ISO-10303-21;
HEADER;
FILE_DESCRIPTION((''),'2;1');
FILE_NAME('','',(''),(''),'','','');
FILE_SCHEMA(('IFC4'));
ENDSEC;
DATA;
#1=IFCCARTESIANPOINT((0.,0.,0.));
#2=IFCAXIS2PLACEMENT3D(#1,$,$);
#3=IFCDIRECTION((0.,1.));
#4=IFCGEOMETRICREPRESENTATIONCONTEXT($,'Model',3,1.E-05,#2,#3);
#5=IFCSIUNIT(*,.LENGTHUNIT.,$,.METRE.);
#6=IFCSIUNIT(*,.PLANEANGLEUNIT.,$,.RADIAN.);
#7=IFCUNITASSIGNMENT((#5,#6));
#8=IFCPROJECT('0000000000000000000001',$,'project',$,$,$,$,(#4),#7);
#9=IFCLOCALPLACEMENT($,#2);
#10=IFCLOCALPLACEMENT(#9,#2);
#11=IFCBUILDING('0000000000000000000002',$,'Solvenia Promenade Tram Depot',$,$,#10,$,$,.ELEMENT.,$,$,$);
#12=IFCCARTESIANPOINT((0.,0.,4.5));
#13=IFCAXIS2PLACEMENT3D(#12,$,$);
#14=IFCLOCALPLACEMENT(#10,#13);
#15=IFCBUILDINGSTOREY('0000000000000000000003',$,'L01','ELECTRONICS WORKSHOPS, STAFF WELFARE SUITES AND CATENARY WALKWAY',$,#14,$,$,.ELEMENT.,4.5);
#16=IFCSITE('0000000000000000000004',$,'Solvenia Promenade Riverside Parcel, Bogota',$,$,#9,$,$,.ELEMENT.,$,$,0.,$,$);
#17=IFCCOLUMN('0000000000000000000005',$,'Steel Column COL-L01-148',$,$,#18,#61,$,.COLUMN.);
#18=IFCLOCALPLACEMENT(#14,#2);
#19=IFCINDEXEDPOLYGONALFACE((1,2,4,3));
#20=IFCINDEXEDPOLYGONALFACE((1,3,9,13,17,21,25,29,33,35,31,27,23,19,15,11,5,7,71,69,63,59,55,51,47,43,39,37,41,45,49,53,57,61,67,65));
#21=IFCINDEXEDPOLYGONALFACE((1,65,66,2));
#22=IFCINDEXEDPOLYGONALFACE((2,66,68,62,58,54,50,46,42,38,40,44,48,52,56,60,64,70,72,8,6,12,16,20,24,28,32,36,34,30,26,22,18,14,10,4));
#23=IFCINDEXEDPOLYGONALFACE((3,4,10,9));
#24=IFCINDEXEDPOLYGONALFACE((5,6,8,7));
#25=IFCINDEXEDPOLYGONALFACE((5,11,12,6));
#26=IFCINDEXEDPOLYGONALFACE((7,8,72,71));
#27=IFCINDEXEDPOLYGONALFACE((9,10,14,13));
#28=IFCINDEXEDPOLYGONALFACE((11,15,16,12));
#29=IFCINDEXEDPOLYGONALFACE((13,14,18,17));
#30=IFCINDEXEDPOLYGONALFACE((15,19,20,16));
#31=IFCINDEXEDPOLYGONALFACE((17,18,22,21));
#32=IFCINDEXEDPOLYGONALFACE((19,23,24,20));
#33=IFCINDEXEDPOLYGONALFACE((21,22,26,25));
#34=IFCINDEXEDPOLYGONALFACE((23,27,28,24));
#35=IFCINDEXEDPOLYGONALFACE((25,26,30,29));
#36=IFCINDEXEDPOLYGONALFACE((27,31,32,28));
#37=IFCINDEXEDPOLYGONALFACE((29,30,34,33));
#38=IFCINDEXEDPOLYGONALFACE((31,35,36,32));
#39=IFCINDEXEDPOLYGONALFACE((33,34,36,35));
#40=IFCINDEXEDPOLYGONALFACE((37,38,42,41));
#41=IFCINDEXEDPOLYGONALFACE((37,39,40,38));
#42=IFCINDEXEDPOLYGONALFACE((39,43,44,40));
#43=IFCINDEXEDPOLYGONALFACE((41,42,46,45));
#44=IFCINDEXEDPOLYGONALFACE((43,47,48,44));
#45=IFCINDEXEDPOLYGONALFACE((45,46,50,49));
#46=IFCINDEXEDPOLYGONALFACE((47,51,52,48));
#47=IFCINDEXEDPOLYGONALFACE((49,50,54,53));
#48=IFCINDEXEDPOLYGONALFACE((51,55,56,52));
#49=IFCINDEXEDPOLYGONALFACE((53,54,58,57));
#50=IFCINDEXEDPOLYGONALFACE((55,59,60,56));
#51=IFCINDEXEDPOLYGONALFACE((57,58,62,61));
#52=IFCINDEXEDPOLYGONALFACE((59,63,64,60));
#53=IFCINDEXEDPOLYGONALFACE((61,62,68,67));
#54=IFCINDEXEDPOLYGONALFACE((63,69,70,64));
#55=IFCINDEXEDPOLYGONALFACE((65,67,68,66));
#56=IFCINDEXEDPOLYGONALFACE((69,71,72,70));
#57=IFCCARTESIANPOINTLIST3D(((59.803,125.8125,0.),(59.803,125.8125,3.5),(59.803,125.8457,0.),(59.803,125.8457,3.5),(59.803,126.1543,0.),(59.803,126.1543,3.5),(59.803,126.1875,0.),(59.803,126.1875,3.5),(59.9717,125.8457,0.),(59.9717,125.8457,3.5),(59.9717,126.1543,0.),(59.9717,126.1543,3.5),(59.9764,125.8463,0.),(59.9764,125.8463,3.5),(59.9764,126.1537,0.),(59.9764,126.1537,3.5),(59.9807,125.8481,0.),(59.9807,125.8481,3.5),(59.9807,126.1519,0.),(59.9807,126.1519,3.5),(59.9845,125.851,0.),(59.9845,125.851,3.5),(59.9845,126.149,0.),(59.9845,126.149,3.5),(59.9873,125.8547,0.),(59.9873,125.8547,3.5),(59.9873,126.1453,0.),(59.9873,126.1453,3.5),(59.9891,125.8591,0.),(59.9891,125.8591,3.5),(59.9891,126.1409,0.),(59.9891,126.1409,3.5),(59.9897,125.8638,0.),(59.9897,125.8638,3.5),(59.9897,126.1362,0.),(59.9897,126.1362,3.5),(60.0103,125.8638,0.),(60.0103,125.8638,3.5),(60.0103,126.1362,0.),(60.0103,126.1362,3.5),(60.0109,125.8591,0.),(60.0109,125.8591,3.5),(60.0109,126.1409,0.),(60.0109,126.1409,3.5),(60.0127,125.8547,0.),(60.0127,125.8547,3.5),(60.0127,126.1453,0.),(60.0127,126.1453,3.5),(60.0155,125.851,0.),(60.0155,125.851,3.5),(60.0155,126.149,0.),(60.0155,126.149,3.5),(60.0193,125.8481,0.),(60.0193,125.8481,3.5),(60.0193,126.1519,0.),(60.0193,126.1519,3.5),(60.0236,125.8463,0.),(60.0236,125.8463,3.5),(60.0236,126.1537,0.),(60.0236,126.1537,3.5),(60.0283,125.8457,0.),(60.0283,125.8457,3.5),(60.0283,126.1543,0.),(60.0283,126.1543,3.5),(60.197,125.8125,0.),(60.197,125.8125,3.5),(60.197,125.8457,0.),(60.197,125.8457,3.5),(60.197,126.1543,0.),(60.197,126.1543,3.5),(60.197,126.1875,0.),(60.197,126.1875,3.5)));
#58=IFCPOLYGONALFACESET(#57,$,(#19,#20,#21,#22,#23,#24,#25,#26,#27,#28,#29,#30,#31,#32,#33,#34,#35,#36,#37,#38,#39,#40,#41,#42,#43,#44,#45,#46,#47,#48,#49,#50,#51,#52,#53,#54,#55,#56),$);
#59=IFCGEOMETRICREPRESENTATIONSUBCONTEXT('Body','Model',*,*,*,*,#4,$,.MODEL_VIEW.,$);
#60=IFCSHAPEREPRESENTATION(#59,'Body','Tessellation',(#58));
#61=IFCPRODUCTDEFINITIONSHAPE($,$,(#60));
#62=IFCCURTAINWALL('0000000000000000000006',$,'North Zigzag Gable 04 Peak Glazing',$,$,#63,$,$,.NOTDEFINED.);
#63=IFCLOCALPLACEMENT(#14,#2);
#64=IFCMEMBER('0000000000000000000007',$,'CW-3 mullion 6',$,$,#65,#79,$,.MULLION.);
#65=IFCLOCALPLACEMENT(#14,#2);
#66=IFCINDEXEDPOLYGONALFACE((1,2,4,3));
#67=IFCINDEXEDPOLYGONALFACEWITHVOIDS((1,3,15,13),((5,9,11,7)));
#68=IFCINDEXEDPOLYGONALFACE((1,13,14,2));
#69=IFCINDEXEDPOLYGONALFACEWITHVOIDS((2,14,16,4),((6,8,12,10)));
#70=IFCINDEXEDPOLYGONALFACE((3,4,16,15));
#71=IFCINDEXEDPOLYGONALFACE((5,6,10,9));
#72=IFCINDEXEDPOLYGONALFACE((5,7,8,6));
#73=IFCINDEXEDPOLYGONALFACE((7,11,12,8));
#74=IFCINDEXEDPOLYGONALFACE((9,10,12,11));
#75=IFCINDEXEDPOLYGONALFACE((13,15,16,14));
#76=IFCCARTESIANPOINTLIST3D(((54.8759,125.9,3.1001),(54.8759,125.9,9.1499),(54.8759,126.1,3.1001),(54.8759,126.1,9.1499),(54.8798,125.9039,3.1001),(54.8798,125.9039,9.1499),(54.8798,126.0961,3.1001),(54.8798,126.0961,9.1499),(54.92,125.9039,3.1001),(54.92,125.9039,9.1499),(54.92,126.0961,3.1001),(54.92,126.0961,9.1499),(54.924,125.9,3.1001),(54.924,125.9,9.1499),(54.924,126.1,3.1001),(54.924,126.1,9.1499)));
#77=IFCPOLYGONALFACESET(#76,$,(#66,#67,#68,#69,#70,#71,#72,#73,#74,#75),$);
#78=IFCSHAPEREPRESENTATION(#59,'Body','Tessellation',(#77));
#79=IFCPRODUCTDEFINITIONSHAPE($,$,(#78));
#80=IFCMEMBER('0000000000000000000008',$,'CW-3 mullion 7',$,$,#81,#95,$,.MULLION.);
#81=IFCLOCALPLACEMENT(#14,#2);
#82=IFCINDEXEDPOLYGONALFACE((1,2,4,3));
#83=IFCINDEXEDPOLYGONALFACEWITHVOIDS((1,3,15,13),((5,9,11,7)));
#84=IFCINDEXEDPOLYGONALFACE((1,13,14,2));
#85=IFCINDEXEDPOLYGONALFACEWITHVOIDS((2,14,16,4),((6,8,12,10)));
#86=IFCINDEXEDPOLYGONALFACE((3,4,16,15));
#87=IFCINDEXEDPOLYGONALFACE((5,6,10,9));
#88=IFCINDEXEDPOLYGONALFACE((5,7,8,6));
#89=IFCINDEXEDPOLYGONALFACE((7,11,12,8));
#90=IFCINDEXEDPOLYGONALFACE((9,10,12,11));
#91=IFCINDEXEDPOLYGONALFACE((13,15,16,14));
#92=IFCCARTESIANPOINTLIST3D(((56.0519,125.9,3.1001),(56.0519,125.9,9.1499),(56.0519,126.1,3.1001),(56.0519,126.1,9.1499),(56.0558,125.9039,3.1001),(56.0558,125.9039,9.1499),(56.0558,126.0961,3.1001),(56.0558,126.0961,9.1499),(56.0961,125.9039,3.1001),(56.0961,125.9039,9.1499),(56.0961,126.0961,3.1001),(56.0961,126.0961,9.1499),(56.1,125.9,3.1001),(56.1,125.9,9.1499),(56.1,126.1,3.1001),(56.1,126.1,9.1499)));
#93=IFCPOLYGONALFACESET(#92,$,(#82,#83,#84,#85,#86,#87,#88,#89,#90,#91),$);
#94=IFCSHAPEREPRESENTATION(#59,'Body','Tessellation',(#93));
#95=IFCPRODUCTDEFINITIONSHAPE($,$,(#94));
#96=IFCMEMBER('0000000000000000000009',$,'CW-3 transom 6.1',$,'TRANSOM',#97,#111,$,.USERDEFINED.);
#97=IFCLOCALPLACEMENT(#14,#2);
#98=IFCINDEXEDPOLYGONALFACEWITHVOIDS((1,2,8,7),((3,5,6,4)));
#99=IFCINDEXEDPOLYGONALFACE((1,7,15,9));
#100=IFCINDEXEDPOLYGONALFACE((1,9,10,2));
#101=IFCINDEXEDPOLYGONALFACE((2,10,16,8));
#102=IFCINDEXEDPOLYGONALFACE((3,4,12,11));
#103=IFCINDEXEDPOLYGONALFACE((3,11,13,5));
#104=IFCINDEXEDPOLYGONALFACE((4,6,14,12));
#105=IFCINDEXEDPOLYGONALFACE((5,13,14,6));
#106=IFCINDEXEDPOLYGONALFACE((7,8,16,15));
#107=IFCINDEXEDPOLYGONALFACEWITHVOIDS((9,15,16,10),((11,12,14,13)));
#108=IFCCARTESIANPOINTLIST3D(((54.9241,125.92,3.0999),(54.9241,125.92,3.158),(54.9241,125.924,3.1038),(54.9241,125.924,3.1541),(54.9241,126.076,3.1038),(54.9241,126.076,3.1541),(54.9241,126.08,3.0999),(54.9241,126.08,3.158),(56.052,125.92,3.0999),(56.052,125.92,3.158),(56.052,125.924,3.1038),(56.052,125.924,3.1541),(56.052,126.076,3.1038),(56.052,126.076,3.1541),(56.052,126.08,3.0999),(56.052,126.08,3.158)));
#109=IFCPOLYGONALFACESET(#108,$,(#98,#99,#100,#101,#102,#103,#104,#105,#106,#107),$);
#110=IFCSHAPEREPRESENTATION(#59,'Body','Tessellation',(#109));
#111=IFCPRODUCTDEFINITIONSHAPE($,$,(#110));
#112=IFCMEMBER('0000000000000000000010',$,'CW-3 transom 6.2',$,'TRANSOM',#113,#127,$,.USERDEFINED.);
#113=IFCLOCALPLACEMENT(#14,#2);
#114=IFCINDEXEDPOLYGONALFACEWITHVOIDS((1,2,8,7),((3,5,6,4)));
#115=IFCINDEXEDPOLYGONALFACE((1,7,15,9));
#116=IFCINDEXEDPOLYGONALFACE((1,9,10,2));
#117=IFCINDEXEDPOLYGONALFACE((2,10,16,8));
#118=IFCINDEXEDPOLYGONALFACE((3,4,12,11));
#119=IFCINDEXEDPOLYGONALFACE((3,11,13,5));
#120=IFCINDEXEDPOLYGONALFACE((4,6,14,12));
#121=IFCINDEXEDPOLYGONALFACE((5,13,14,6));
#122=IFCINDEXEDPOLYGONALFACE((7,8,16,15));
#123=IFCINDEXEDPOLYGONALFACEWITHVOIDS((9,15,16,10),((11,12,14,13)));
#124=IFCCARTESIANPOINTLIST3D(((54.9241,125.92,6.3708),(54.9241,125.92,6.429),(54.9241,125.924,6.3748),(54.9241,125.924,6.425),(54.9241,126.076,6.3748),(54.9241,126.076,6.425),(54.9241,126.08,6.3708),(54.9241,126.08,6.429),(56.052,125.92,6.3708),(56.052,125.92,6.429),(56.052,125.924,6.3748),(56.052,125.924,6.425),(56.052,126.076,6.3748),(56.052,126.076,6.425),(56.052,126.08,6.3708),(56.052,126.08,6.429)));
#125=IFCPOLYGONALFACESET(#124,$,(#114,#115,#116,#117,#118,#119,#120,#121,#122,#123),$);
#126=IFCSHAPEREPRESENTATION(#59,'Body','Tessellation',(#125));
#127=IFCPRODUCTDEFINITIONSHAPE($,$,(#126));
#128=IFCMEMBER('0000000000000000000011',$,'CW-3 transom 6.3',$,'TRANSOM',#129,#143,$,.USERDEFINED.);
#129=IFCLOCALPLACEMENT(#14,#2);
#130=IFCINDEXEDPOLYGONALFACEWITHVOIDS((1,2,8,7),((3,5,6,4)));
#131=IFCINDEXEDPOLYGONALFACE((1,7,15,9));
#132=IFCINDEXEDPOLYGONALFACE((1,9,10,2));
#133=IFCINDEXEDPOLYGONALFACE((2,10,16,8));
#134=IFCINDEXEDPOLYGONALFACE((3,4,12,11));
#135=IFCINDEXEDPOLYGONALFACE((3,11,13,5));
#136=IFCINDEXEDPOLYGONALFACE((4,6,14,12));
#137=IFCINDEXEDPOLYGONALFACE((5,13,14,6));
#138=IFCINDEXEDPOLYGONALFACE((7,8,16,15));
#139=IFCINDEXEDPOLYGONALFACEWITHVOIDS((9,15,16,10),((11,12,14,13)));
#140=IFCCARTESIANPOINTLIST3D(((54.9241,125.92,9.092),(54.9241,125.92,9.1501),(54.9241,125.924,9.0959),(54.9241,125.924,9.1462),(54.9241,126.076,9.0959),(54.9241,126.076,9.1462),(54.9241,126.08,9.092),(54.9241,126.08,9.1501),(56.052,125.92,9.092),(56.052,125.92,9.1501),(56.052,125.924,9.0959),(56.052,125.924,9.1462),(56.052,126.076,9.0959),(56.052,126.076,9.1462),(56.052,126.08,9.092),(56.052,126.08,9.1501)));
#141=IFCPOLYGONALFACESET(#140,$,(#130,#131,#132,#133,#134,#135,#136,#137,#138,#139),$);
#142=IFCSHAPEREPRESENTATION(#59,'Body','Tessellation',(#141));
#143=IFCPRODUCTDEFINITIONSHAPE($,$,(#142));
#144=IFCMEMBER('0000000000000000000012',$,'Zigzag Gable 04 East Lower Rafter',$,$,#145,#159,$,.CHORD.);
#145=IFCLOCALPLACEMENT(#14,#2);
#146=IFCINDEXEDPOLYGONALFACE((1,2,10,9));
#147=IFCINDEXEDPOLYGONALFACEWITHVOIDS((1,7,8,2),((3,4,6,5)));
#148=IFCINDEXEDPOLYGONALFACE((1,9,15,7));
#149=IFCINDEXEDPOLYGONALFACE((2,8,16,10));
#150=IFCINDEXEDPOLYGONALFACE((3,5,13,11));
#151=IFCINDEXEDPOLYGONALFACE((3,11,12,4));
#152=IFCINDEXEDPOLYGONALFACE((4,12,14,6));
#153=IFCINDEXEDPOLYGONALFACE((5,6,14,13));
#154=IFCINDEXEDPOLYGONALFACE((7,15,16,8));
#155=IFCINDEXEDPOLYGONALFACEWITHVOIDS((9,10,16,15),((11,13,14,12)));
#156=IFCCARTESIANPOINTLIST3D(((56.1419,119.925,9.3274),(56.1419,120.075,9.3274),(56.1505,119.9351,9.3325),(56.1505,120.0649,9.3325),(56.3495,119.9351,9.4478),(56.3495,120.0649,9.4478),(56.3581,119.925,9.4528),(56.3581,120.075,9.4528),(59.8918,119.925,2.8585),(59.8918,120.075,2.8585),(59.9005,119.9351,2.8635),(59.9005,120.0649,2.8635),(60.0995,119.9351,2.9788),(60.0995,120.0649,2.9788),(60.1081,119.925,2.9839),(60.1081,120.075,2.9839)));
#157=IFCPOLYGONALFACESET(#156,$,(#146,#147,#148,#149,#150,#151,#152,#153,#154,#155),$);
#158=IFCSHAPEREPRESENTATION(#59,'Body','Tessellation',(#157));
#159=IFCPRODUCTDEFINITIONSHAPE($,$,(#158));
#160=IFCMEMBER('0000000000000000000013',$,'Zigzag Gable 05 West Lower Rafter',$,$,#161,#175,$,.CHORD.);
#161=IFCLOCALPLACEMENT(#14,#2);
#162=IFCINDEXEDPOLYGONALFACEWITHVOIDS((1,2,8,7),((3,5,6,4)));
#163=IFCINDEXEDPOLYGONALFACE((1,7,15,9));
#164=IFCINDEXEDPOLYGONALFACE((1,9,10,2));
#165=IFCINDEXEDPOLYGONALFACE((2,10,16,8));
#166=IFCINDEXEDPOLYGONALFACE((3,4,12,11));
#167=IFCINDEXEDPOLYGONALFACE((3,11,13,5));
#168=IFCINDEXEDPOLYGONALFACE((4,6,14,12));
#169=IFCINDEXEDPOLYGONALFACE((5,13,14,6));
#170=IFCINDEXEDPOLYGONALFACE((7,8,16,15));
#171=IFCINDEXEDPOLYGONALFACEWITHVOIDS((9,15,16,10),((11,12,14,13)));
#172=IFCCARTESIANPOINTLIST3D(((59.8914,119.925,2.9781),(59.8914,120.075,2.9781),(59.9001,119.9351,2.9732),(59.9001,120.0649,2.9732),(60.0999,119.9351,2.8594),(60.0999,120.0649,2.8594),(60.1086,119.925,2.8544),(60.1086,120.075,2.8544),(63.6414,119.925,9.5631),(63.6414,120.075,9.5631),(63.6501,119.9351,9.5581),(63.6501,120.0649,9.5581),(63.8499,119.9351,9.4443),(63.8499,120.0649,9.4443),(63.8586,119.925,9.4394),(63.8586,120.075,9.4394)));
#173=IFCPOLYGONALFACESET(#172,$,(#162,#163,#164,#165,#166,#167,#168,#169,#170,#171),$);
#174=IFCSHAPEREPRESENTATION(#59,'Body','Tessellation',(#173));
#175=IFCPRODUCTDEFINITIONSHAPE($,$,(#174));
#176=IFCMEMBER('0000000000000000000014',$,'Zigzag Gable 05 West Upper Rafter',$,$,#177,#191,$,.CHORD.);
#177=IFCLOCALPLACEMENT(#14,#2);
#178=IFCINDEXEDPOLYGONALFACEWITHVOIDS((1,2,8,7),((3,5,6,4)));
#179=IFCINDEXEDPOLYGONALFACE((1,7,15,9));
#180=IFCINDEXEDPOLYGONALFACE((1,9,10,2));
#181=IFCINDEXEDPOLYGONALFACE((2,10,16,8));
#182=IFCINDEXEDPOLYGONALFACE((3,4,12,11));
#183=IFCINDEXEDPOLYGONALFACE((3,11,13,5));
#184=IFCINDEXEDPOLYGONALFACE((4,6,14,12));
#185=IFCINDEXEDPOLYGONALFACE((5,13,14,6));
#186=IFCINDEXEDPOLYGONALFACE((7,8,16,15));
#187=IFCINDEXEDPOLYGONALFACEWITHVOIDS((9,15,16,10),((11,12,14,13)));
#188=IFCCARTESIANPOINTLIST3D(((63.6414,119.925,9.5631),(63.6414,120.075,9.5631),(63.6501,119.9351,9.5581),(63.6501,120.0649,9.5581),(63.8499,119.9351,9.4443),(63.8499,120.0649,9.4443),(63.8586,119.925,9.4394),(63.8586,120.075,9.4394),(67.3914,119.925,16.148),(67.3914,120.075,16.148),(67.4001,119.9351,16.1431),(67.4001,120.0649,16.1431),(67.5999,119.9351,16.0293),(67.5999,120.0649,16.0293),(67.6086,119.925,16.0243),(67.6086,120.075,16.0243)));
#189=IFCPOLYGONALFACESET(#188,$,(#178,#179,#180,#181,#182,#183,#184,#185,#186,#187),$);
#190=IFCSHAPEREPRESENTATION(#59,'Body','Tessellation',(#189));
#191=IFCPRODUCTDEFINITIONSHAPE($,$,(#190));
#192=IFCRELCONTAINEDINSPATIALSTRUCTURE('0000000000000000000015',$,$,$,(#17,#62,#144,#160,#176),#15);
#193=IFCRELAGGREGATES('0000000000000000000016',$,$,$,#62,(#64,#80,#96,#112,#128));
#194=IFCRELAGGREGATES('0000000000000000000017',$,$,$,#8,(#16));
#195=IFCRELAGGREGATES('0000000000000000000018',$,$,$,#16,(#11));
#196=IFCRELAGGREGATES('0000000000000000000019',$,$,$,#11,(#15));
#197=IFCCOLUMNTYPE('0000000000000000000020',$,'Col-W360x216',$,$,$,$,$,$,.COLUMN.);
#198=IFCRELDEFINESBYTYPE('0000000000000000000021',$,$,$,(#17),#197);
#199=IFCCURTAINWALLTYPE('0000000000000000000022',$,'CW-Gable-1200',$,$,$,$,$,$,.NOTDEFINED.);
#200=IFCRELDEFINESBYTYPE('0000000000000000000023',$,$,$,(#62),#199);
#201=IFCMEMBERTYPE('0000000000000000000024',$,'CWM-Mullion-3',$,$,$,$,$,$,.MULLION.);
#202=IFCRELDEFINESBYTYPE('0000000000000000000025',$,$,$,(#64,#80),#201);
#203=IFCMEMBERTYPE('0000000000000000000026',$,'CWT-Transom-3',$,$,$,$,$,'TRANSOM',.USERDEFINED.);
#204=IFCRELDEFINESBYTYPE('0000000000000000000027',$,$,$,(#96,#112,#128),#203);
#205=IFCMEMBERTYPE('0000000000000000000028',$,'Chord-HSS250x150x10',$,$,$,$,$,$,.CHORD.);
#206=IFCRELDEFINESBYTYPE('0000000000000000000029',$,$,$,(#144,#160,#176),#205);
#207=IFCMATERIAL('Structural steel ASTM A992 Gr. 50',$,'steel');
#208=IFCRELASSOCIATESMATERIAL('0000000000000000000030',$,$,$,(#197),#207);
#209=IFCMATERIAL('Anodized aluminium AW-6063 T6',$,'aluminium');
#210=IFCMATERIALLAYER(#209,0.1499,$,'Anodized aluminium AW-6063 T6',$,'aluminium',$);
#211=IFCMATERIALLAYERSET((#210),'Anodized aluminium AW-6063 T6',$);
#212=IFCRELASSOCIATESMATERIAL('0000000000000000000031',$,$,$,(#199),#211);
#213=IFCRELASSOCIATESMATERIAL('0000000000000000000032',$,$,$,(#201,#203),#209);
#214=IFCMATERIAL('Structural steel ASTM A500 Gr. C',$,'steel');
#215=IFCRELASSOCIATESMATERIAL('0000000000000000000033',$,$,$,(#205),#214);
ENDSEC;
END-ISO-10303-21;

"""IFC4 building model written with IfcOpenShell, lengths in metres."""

from ifc_helpers import new_model, si_unit, direction, frame, origin, origin_2d, place, context, subcontext, project, spatial, hollow_rectangle, i_section, extrude, material, layer, layer_set, material_profile, profile_set, type_object, element, aggregate, save


model = new_model("IFC4")

# Units and contexts
model_context = context("Model", 3, precision=1e-05, world=origin(), true_north=direction((0.0, 1.0)))
body_context = subcontext(model_context, "Body", "Model", "MODEL_VIEW")
ifc_project = project(units=[si_unit("LENGTHUNIT", "METRE"), si_unit("PLANEANGLEUNIT", "RADIAN")], contexts=[model_context])

# Site, building, storey
site_placement = place(None, origin())
site = spatial("IfcSite", under=ifc_project, at=site_placement, Name="Solvenia Promenade Riverside Parcel, Bogota", CompositionType="ELEMENT", RefElevation=0.0)
building_placement = place(site_placement, origin())
building = spatial("IfcBuilding", under=site, at=building_placement, Name="Solvenia Promenade Tram Depot", CompositionType="ELEMENT")
storey_placement = place(building_placement, frame((0.0, 0.0, 4.5)))
storey = spatial("IfcBuildingStorey", under=building, at=storey_placement, Name="L01", Description="ELECTRONICS WORKSHOPS, STAFF WELFARE SUITES AND CATENARY WALKWAY", CompositionType="ELEMENT", Elevation=4.5)

# Column
ifc_material_1 = material(Name="Structural steel ASTM A992 Gr. 50", Category="steel")
ifc_material_profile_1 = material_profile(ifc_material_1, i_section(OverallWidth=0.394, OverallDepth=0.375, WebThickness=0.0205, FlangeThickness=0.0332, FilletRadius=0.0181, at=origin_2d()), Name="W360x216", Category="steel")
ifc_profile_set_1 = profile_set([ifc_material_profile_1], Name="Structural steel ASTM A992 Gr. 50")
column_type = type_object("IfcColumnType", Name="Col-W360x216", PredefinedType="COLUMN", material=ifc_profile_set_1)
column_placement = place(storey_placement, frame((60.0, 126.0, 0.0), z_axis=(0.0, 0.0, 1.0), x_axis=(1.0, 0.0, 0.0)))
element("IfcColumn", 1, at=column_placement, inside=storey, type_object=column_type, Name="Steel Column COL-L01-148", PredefinedType="COLUMN", context=body_context, shape_type="SweptSolid", body=[
    extrude(i_section(OverallWidth=0.394, OverallDepth=0.375, WebThickness=0.0205, FlangeThickness=0.0332, FilletRadius=0.0181, at=origin_2d()), origin(), (0.0, 0.0, 1.0), 3.5),
])

# Curtain wall, members
ifc_material_2 = material(Name="Anodized aluminium AW-6063 T6", Category="aluminium")
ifc_layer_1 = layer(ifc_material_2, 0.1499, Name="Anodized aluminium AW-6063 T6", Category="aluminium")
ifc_layer_set_1 = layer_set([ifc_layer_1], Name="Anodized aluminium AW-6063 T6")
curtain_wall_type = type_object("IfcCurtainWallType", Name="CW-Gable-1200", PredefinedType="NOTDEFINED", material=ifc_layer_set_1)
curtain_wall_placement = place(storey_placement, origin())
curtain_wall = element("IfcCurtainWall", 2, at=curtain_wall_placement, inside=storey, type_object=curtain_wall_type, Name="North Zigzag Gable 04 Peak Glazing", PredefinedType="NOTDEFINED")
ifc_material_profile_2 = material_profile(ifc_material_2, hollow_rectangle(XDim=0.2, YDim=0.0481, WallThickness=0.0039, at=origin_2d()), Name="ALU-M3", Category="aluminium")
ifc_profile_set_2 = profile_set([ifc_material_profile_2], Name="Anodized aluminium AW-6063 T6")
member_type_1 = type_object("IfcMemberType", Name="CWM-Mullion-3", PredefinedType="MULLION", material=ifc_profile_set_2)
member_1_placement = place(storey_placement, frame((54.8999, 126.0, 3.1001), z_axis=(0.0, 0.0, 1.0), x_axis=(0.0, 1.0, 0.0)))
member_1 = element("IfcMember", 3, at=member_1_placement, type_object=member_type_1, Name="CW-3 mullion 6", PredefinedType="MULLION", context=body_context, shape_type="SweptSolid", body=[
    extrude(hollow_rectangle(XDim=0.2, YDim=0.0481, WallThickness=0.0039, at=origin_2d()), origin(), (0.0, 0.0, 1.0), 6.0498),
])
member_2_placement = place(storey_placement, frame((56.0759, 126.0, 3.1001), z_axis=(0.0, 0.0, 1.0), x_axis=(0.0, 1.0, 0.0)))
member_2 = element("IfcMember", 4, at=member_2_placement, type_object=member_type_1, Name="CW-3 mullion 7", PredefinedType="MULLION", context=body_context, shape_type="SweptSolid", body=[
    extrude(hollow_rectangle(XDim=0.2, YDim=0.0481, WallThickness=0.0039, at=origin_2d()), origin(), (0.0, 0.0, 1.0), 6.0498),
])
ifc_material_profile_3 = material_profile(ifc_material_2, hollow_rectangle(XDim=0.1599, YDim=0.0581, WallThickness=0.0039, at=origin_2d()), Name="ALU-T3", Category="aluminium")
ifc_profile_set_3 = profile_set([ifc_material_profile_3], Name="Anodized aluminium AW-6063 T6")
member_type_2 = type_object("IfcMemberType", Name="CWT-Transom-3", ElementType="TRANSOM", PredefinedType="USERDEFINED", material=ifc_profile_set_3)
member_3_placement = place(storey_placement, frame((54.9241, 126.0, 3.1289), z_axis=(1.0, 0.0, 0.0), x_axis=(0.0, 1.0, 0.0)))
member_3 = element("IfcMember", 5, at=member_3_placement, type_object=member_type_2, Name="CW-3 transom 6.1", ObjectType="TRANSOM", PredefinedType="USERDEFINED", context=body_context, shape_type="SweptSolid", body=[
    extrude(hollow_rectangle(XDim=0.1599, YDim=0.0581, WallThickness=0.0039, at=origin_2d()), origin(), (0.0, 0.0, 1.0), 1.1279),
])
member_4_placement = place(storey_placement, frame((54.9241, 126.0, 6.3999), z_axis=(1.0, 0.0, 0.0), x_axis=(0.0, 1.0, 0.0)))
member_4 = element("IfcMember", 6, at=member_4_placement, type_object=member_type_2, Name="CW-3 transom 6.2", ObjectType="TRANSOM", PredefinedType="USERDEFINED", context=body_context, shape_type="SweptSolid", body=[
    extrude(hollow_rectangle(XDim=0.1599, YDim=0.0581, WallThickness=0.0039, at=origin_2d()), origin(), (0.0, 0.0, 1.0), 1.1279),
])
member_5_placement = place(storey_placement, frame((54.9241, 126.0, 9.1211), z_axis=(1.0, 0.0, 0.0), x_axis=(0.0, 1.0, 0.0)))
member_5 = element("IfcMember", 7, at=member_5_placement, type_object=member_type_2, Name="CW-3 transom 6.3", ObjectType="TRANSOM", PredefinedType="USERDEFINED", context=body_context, shape_type="SweptSolid", body=[
    extrude(hollow_rectangle(XDim=0.1599, YDim=0.0581, WallThickness=0.0039, at=origin_2d()), origin(), (0.0, 0.0, 1.0), 1.1279),
])

# Members
ifc_material_3 = material(Name="Structural steel ASTM A500 Gr. C", Category="steel")
ifc_material_profile_4 = material_profile(ifc_material_3, hollow_rectangle(XDim=0.1499, YDim=0.25, WallThickness=0.01, at=origin_2d()), Name="HSS250x150x10", Category="steel")
ifc_profile_set_4 = profile_set([ifc_material_profile_4], Name="Structural steel ASTM A500 Gr. C")
member_type_3 = type_object("IfcMemberType", Name="Chord-HSS250x150x10", PredefinedType="CHORD", material=ifc_profile_set_4)
member_6_placement = place(storey_placement, frame((56.25, 120.0, 9.3901), z_axis=(0.501516, 0.0, -0.865148), x_axis=(0.0, 1.0, 0.0)))
element("IfcMember", 8, at=member_6_placement, inside=storey, type_object=member_type_3, Name="Zigzag Gable 04 East Lower Rafter", PredefinedType="CHORD", context=body_context, shape_type="SweptSolid", body=[
    extrude(hollow_rectangle(XDim=0.1499, YDim=0.25, WallThickness=0.01, at=origin_2d()), origin(), (0.0, 0.0, 1.0), 7.4773),
])
for number, where, z_axis, x_axis, name in (
    (9, (60.0, 120.0, 2.9163), (0.494862, 0.0, 0.868972), (0.0, 1.0, 0.0), "Zigzag Gable 05 West Lower Rafter"),
    (10, (63.75, 120.0, 9.5012), (0.494862, 0.0, 0.868972), (0.0, 1.0, 0.0), "Zigzag Gable 05 West Upper Rafter"),
):
    element("IfcMember", number, at=place(storey_placement, frame(where, z_axis=z_axis, x_axis=x_axis)), inside=storey, type_object=member_type_3, Name=name, PredefinedType="CHORD", context=body_context, shape_type="SweptSolid", body=[
        extrude(hollow_rectangle(XDim=0.1499, YDim=0.25, WallThickness=0.01, at=origin_2d()), origin(), (0.0, 0.0, 1.0), 7.5779),
    ])

aggregate(curtain_wall, [member_1, member_2, member_3, member_4, member_5])

save(model, "model.ifc")
